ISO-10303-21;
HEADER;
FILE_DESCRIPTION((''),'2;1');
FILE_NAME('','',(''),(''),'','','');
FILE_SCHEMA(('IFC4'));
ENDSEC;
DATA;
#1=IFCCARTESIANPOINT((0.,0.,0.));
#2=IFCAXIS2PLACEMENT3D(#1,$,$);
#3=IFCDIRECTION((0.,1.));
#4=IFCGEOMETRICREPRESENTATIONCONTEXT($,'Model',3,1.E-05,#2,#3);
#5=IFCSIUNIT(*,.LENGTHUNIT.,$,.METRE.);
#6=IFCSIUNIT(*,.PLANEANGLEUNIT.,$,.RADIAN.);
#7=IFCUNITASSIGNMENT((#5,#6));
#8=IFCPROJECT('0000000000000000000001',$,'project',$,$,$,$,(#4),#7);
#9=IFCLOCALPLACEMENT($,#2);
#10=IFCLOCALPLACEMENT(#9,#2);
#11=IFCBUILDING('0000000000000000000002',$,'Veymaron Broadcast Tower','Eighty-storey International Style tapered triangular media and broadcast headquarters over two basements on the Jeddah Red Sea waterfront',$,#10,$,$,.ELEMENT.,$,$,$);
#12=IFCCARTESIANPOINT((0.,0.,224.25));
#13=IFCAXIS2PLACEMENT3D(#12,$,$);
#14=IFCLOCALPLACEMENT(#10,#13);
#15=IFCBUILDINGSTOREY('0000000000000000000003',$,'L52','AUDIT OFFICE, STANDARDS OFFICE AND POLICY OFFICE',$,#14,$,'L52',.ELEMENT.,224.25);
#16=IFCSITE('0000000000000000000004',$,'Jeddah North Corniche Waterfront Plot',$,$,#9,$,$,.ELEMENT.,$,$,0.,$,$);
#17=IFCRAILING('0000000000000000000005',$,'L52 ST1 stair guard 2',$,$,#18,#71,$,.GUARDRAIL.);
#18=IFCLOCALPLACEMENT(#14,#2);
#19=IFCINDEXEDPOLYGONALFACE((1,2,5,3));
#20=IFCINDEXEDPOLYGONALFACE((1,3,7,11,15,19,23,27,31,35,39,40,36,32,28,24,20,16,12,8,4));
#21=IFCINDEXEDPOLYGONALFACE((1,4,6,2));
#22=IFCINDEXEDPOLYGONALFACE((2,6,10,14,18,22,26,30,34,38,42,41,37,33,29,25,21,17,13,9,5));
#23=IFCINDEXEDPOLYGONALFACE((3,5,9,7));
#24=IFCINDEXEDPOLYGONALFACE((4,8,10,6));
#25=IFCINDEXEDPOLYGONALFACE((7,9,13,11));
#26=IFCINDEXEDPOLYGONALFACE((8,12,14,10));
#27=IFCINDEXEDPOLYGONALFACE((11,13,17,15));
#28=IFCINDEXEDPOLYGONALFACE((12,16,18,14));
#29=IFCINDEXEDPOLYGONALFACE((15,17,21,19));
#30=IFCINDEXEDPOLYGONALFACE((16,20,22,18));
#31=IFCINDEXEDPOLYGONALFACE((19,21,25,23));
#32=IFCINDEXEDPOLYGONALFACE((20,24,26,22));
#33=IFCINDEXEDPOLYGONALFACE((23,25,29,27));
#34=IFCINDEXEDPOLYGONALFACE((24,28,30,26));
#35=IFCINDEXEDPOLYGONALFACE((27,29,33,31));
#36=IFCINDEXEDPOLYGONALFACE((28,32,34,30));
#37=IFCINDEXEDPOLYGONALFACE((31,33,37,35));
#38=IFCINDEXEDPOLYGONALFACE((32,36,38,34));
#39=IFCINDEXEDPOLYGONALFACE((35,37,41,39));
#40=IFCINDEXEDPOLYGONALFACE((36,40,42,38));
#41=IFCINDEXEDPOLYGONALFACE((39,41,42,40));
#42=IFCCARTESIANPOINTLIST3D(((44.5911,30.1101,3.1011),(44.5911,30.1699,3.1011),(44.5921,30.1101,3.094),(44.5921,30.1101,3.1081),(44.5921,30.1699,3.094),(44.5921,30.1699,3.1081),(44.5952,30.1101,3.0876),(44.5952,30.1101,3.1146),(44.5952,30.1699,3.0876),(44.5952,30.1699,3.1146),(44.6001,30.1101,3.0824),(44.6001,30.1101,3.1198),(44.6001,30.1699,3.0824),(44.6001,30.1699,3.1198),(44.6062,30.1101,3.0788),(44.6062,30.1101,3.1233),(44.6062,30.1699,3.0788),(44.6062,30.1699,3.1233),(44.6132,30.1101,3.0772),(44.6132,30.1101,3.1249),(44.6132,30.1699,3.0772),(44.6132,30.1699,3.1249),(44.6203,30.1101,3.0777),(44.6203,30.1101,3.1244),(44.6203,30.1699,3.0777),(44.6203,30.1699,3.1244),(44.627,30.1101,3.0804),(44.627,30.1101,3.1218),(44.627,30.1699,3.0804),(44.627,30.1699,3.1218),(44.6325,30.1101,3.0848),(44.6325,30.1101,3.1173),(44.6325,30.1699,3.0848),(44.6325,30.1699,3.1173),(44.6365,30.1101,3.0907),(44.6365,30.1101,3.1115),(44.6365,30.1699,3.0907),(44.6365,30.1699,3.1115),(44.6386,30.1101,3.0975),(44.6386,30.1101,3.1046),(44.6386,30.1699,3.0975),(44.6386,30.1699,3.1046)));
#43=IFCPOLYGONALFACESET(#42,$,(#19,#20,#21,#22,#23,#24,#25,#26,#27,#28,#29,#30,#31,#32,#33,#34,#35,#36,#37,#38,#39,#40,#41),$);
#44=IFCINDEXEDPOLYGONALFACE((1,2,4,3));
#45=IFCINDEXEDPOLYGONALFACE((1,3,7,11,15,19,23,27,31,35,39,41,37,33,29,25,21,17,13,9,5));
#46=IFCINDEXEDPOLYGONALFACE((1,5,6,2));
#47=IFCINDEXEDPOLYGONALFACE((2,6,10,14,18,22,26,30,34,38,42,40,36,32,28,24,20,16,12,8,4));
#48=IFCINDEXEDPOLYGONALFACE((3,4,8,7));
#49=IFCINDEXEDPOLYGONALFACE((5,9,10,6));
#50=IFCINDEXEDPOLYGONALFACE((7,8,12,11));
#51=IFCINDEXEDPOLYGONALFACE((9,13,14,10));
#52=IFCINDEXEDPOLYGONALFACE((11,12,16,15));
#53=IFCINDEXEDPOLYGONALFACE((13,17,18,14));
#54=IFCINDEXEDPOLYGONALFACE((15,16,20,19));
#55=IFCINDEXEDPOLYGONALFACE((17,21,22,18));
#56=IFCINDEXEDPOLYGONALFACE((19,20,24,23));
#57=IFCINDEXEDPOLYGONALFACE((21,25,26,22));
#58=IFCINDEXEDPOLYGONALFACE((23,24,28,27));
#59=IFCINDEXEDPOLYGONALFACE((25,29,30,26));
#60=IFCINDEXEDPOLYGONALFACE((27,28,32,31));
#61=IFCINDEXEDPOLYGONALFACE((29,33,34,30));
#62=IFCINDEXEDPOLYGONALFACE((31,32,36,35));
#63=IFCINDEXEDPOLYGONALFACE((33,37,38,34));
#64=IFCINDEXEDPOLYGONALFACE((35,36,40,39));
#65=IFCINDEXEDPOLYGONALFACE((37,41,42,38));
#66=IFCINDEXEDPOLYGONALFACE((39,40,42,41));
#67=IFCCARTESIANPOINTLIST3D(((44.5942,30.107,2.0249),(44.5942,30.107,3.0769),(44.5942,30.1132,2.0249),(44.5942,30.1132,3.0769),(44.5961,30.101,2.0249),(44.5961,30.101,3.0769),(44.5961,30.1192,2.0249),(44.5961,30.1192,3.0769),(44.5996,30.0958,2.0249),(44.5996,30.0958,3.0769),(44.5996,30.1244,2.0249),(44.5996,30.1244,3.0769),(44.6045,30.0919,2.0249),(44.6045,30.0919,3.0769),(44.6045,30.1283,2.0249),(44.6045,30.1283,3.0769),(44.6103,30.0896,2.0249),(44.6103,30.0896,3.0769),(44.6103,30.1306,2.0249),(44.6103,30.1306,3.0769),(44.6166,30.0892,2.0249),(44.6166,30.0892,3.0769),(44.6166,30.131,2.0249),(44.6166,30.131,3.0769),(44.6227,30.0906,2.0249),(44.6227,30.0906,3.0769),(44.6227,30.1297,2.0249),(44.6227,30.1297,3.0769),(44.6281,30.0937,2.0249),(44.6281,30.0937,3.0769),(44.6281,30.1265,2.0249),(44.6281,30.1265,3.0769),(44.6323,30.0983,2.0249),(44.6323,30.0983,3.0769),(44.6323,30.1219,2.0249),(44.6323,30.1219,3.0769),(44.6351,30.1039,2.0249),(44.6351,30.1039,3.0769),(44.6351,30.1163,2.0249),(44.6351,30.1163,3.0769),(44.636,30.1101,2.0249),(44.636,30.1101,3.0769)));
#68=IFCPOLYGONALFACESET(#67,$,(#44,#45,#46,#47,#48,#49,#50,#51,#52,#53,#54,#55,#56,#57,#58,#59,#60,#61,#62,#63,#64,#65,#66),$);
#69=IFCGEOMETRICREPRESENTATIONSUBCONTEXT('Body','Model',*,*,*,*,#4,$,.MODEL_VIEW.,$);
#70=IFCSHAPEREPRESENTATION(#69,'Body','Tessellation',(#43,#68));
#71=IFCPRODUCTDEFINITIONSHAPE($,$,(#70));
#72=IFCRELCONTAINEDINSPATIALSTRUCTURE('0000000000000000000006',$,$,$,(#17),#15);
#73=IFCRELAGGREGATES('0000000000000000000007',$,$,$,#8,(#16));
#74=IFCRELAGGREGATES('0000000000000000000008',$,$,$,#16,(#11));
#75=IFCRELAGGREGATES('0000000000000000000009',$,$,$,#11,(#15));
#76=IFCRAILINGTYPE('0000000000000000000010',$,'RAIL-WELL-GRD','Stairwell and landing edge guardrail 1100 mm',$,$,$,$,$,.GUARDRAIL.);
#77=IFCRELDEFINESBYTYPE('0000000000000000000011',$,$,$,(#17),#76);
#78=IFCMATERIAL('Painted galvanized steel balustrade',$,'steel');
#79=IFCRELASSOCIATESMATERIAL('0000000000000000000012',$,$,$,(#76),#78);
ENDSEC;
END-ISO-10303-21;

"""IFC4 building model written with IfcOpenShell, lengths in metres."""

from ifc_helpers import new_model, si_unit, direction, frame, origin, origin_2d, place, context, subcontext, project, spatial, circle, extrude, material, type_object, element, save


model = new_model("IFC4")

# Units and contexts
model_context = context("Model", 3, precision=1e-05, world=origin(), true_north=direction((0.0, 1.0)))
body_context = subcontext(model_context, "Body", "Model", "MODEL_VIEW")
ifc_project = project(units=[si_unit("LENGTHUNIT", "METRE"), si_unit("PLANEANGLEUNIT", "RADIAN")], contexts=[model_context])

# Site, building, storey
site_placement = place(None, origin())
site = spatial("IfcSite", under=ifc_project, at=site_placement, Name="Jeddah North Corniche Waterfront Plot", CompositionType="ELEMENT", RefElevation=0.0)
building_placement = place(site_placement, origin())
building = spatial("IfcBuilding", under=site, at=building_placement, Name="Veymaron Broadcast Tower", Description="Eighty-storey International Style tapered triangular media and broadcast headquarters over two basements on the Jeddah Red Sea waterfront", CompositionType="ELEMENT")
storey_placement = place(building_placement, frame((0.0, 0.0, 224.25)))
storey = spatial("IfcBuildingStorey", under=building, at=storey_placement, Name="L52", Description="AUDIT OFFICE, STANDARDS OFFICE AND POLICY OFFICE", LongName="L52", CompositionType="ELEMENT", Elevation=224.25)

# Railing
ifc_material_1 = material(Name="Painted galvanized steel balustrade", Category="steel")
railing_type_1 = type_object("IfcRailingType", Name="RAIL-WELL-GRD", Description="Stairwell and landing edge guardrail 1100 mm", PredefinedType="GUARDRAIL", material=ifc_material_1)
railing_1_placement = place(storey_placement, frame((44.615, 30.1101, 2.0249)))
element("IfcRailing", 1, at=railing_1_placement, inside=storey, type_object=railing_type_1, Name="L52 ST1 stair guard 2", PredefinedType="GUARDRAIL", context=body_context, shape_type="SweptSolid", body=[
    extrude(circle(Radius=0.0239, at=origin_2d()), frame((0.0, 0.0, 1.0762), z_axis=(0.0, 1.0, 0.0), x_axis=(-1.0, 0.0, 0.0)), (0.0, 0.0, 1.0), 0.0598),
    extrude(circle(Radius=0.021, at=origin_2d()), origin(), (0.0, 0.0, 1.0), 1.052),
])

save(model, "model.ifc")
